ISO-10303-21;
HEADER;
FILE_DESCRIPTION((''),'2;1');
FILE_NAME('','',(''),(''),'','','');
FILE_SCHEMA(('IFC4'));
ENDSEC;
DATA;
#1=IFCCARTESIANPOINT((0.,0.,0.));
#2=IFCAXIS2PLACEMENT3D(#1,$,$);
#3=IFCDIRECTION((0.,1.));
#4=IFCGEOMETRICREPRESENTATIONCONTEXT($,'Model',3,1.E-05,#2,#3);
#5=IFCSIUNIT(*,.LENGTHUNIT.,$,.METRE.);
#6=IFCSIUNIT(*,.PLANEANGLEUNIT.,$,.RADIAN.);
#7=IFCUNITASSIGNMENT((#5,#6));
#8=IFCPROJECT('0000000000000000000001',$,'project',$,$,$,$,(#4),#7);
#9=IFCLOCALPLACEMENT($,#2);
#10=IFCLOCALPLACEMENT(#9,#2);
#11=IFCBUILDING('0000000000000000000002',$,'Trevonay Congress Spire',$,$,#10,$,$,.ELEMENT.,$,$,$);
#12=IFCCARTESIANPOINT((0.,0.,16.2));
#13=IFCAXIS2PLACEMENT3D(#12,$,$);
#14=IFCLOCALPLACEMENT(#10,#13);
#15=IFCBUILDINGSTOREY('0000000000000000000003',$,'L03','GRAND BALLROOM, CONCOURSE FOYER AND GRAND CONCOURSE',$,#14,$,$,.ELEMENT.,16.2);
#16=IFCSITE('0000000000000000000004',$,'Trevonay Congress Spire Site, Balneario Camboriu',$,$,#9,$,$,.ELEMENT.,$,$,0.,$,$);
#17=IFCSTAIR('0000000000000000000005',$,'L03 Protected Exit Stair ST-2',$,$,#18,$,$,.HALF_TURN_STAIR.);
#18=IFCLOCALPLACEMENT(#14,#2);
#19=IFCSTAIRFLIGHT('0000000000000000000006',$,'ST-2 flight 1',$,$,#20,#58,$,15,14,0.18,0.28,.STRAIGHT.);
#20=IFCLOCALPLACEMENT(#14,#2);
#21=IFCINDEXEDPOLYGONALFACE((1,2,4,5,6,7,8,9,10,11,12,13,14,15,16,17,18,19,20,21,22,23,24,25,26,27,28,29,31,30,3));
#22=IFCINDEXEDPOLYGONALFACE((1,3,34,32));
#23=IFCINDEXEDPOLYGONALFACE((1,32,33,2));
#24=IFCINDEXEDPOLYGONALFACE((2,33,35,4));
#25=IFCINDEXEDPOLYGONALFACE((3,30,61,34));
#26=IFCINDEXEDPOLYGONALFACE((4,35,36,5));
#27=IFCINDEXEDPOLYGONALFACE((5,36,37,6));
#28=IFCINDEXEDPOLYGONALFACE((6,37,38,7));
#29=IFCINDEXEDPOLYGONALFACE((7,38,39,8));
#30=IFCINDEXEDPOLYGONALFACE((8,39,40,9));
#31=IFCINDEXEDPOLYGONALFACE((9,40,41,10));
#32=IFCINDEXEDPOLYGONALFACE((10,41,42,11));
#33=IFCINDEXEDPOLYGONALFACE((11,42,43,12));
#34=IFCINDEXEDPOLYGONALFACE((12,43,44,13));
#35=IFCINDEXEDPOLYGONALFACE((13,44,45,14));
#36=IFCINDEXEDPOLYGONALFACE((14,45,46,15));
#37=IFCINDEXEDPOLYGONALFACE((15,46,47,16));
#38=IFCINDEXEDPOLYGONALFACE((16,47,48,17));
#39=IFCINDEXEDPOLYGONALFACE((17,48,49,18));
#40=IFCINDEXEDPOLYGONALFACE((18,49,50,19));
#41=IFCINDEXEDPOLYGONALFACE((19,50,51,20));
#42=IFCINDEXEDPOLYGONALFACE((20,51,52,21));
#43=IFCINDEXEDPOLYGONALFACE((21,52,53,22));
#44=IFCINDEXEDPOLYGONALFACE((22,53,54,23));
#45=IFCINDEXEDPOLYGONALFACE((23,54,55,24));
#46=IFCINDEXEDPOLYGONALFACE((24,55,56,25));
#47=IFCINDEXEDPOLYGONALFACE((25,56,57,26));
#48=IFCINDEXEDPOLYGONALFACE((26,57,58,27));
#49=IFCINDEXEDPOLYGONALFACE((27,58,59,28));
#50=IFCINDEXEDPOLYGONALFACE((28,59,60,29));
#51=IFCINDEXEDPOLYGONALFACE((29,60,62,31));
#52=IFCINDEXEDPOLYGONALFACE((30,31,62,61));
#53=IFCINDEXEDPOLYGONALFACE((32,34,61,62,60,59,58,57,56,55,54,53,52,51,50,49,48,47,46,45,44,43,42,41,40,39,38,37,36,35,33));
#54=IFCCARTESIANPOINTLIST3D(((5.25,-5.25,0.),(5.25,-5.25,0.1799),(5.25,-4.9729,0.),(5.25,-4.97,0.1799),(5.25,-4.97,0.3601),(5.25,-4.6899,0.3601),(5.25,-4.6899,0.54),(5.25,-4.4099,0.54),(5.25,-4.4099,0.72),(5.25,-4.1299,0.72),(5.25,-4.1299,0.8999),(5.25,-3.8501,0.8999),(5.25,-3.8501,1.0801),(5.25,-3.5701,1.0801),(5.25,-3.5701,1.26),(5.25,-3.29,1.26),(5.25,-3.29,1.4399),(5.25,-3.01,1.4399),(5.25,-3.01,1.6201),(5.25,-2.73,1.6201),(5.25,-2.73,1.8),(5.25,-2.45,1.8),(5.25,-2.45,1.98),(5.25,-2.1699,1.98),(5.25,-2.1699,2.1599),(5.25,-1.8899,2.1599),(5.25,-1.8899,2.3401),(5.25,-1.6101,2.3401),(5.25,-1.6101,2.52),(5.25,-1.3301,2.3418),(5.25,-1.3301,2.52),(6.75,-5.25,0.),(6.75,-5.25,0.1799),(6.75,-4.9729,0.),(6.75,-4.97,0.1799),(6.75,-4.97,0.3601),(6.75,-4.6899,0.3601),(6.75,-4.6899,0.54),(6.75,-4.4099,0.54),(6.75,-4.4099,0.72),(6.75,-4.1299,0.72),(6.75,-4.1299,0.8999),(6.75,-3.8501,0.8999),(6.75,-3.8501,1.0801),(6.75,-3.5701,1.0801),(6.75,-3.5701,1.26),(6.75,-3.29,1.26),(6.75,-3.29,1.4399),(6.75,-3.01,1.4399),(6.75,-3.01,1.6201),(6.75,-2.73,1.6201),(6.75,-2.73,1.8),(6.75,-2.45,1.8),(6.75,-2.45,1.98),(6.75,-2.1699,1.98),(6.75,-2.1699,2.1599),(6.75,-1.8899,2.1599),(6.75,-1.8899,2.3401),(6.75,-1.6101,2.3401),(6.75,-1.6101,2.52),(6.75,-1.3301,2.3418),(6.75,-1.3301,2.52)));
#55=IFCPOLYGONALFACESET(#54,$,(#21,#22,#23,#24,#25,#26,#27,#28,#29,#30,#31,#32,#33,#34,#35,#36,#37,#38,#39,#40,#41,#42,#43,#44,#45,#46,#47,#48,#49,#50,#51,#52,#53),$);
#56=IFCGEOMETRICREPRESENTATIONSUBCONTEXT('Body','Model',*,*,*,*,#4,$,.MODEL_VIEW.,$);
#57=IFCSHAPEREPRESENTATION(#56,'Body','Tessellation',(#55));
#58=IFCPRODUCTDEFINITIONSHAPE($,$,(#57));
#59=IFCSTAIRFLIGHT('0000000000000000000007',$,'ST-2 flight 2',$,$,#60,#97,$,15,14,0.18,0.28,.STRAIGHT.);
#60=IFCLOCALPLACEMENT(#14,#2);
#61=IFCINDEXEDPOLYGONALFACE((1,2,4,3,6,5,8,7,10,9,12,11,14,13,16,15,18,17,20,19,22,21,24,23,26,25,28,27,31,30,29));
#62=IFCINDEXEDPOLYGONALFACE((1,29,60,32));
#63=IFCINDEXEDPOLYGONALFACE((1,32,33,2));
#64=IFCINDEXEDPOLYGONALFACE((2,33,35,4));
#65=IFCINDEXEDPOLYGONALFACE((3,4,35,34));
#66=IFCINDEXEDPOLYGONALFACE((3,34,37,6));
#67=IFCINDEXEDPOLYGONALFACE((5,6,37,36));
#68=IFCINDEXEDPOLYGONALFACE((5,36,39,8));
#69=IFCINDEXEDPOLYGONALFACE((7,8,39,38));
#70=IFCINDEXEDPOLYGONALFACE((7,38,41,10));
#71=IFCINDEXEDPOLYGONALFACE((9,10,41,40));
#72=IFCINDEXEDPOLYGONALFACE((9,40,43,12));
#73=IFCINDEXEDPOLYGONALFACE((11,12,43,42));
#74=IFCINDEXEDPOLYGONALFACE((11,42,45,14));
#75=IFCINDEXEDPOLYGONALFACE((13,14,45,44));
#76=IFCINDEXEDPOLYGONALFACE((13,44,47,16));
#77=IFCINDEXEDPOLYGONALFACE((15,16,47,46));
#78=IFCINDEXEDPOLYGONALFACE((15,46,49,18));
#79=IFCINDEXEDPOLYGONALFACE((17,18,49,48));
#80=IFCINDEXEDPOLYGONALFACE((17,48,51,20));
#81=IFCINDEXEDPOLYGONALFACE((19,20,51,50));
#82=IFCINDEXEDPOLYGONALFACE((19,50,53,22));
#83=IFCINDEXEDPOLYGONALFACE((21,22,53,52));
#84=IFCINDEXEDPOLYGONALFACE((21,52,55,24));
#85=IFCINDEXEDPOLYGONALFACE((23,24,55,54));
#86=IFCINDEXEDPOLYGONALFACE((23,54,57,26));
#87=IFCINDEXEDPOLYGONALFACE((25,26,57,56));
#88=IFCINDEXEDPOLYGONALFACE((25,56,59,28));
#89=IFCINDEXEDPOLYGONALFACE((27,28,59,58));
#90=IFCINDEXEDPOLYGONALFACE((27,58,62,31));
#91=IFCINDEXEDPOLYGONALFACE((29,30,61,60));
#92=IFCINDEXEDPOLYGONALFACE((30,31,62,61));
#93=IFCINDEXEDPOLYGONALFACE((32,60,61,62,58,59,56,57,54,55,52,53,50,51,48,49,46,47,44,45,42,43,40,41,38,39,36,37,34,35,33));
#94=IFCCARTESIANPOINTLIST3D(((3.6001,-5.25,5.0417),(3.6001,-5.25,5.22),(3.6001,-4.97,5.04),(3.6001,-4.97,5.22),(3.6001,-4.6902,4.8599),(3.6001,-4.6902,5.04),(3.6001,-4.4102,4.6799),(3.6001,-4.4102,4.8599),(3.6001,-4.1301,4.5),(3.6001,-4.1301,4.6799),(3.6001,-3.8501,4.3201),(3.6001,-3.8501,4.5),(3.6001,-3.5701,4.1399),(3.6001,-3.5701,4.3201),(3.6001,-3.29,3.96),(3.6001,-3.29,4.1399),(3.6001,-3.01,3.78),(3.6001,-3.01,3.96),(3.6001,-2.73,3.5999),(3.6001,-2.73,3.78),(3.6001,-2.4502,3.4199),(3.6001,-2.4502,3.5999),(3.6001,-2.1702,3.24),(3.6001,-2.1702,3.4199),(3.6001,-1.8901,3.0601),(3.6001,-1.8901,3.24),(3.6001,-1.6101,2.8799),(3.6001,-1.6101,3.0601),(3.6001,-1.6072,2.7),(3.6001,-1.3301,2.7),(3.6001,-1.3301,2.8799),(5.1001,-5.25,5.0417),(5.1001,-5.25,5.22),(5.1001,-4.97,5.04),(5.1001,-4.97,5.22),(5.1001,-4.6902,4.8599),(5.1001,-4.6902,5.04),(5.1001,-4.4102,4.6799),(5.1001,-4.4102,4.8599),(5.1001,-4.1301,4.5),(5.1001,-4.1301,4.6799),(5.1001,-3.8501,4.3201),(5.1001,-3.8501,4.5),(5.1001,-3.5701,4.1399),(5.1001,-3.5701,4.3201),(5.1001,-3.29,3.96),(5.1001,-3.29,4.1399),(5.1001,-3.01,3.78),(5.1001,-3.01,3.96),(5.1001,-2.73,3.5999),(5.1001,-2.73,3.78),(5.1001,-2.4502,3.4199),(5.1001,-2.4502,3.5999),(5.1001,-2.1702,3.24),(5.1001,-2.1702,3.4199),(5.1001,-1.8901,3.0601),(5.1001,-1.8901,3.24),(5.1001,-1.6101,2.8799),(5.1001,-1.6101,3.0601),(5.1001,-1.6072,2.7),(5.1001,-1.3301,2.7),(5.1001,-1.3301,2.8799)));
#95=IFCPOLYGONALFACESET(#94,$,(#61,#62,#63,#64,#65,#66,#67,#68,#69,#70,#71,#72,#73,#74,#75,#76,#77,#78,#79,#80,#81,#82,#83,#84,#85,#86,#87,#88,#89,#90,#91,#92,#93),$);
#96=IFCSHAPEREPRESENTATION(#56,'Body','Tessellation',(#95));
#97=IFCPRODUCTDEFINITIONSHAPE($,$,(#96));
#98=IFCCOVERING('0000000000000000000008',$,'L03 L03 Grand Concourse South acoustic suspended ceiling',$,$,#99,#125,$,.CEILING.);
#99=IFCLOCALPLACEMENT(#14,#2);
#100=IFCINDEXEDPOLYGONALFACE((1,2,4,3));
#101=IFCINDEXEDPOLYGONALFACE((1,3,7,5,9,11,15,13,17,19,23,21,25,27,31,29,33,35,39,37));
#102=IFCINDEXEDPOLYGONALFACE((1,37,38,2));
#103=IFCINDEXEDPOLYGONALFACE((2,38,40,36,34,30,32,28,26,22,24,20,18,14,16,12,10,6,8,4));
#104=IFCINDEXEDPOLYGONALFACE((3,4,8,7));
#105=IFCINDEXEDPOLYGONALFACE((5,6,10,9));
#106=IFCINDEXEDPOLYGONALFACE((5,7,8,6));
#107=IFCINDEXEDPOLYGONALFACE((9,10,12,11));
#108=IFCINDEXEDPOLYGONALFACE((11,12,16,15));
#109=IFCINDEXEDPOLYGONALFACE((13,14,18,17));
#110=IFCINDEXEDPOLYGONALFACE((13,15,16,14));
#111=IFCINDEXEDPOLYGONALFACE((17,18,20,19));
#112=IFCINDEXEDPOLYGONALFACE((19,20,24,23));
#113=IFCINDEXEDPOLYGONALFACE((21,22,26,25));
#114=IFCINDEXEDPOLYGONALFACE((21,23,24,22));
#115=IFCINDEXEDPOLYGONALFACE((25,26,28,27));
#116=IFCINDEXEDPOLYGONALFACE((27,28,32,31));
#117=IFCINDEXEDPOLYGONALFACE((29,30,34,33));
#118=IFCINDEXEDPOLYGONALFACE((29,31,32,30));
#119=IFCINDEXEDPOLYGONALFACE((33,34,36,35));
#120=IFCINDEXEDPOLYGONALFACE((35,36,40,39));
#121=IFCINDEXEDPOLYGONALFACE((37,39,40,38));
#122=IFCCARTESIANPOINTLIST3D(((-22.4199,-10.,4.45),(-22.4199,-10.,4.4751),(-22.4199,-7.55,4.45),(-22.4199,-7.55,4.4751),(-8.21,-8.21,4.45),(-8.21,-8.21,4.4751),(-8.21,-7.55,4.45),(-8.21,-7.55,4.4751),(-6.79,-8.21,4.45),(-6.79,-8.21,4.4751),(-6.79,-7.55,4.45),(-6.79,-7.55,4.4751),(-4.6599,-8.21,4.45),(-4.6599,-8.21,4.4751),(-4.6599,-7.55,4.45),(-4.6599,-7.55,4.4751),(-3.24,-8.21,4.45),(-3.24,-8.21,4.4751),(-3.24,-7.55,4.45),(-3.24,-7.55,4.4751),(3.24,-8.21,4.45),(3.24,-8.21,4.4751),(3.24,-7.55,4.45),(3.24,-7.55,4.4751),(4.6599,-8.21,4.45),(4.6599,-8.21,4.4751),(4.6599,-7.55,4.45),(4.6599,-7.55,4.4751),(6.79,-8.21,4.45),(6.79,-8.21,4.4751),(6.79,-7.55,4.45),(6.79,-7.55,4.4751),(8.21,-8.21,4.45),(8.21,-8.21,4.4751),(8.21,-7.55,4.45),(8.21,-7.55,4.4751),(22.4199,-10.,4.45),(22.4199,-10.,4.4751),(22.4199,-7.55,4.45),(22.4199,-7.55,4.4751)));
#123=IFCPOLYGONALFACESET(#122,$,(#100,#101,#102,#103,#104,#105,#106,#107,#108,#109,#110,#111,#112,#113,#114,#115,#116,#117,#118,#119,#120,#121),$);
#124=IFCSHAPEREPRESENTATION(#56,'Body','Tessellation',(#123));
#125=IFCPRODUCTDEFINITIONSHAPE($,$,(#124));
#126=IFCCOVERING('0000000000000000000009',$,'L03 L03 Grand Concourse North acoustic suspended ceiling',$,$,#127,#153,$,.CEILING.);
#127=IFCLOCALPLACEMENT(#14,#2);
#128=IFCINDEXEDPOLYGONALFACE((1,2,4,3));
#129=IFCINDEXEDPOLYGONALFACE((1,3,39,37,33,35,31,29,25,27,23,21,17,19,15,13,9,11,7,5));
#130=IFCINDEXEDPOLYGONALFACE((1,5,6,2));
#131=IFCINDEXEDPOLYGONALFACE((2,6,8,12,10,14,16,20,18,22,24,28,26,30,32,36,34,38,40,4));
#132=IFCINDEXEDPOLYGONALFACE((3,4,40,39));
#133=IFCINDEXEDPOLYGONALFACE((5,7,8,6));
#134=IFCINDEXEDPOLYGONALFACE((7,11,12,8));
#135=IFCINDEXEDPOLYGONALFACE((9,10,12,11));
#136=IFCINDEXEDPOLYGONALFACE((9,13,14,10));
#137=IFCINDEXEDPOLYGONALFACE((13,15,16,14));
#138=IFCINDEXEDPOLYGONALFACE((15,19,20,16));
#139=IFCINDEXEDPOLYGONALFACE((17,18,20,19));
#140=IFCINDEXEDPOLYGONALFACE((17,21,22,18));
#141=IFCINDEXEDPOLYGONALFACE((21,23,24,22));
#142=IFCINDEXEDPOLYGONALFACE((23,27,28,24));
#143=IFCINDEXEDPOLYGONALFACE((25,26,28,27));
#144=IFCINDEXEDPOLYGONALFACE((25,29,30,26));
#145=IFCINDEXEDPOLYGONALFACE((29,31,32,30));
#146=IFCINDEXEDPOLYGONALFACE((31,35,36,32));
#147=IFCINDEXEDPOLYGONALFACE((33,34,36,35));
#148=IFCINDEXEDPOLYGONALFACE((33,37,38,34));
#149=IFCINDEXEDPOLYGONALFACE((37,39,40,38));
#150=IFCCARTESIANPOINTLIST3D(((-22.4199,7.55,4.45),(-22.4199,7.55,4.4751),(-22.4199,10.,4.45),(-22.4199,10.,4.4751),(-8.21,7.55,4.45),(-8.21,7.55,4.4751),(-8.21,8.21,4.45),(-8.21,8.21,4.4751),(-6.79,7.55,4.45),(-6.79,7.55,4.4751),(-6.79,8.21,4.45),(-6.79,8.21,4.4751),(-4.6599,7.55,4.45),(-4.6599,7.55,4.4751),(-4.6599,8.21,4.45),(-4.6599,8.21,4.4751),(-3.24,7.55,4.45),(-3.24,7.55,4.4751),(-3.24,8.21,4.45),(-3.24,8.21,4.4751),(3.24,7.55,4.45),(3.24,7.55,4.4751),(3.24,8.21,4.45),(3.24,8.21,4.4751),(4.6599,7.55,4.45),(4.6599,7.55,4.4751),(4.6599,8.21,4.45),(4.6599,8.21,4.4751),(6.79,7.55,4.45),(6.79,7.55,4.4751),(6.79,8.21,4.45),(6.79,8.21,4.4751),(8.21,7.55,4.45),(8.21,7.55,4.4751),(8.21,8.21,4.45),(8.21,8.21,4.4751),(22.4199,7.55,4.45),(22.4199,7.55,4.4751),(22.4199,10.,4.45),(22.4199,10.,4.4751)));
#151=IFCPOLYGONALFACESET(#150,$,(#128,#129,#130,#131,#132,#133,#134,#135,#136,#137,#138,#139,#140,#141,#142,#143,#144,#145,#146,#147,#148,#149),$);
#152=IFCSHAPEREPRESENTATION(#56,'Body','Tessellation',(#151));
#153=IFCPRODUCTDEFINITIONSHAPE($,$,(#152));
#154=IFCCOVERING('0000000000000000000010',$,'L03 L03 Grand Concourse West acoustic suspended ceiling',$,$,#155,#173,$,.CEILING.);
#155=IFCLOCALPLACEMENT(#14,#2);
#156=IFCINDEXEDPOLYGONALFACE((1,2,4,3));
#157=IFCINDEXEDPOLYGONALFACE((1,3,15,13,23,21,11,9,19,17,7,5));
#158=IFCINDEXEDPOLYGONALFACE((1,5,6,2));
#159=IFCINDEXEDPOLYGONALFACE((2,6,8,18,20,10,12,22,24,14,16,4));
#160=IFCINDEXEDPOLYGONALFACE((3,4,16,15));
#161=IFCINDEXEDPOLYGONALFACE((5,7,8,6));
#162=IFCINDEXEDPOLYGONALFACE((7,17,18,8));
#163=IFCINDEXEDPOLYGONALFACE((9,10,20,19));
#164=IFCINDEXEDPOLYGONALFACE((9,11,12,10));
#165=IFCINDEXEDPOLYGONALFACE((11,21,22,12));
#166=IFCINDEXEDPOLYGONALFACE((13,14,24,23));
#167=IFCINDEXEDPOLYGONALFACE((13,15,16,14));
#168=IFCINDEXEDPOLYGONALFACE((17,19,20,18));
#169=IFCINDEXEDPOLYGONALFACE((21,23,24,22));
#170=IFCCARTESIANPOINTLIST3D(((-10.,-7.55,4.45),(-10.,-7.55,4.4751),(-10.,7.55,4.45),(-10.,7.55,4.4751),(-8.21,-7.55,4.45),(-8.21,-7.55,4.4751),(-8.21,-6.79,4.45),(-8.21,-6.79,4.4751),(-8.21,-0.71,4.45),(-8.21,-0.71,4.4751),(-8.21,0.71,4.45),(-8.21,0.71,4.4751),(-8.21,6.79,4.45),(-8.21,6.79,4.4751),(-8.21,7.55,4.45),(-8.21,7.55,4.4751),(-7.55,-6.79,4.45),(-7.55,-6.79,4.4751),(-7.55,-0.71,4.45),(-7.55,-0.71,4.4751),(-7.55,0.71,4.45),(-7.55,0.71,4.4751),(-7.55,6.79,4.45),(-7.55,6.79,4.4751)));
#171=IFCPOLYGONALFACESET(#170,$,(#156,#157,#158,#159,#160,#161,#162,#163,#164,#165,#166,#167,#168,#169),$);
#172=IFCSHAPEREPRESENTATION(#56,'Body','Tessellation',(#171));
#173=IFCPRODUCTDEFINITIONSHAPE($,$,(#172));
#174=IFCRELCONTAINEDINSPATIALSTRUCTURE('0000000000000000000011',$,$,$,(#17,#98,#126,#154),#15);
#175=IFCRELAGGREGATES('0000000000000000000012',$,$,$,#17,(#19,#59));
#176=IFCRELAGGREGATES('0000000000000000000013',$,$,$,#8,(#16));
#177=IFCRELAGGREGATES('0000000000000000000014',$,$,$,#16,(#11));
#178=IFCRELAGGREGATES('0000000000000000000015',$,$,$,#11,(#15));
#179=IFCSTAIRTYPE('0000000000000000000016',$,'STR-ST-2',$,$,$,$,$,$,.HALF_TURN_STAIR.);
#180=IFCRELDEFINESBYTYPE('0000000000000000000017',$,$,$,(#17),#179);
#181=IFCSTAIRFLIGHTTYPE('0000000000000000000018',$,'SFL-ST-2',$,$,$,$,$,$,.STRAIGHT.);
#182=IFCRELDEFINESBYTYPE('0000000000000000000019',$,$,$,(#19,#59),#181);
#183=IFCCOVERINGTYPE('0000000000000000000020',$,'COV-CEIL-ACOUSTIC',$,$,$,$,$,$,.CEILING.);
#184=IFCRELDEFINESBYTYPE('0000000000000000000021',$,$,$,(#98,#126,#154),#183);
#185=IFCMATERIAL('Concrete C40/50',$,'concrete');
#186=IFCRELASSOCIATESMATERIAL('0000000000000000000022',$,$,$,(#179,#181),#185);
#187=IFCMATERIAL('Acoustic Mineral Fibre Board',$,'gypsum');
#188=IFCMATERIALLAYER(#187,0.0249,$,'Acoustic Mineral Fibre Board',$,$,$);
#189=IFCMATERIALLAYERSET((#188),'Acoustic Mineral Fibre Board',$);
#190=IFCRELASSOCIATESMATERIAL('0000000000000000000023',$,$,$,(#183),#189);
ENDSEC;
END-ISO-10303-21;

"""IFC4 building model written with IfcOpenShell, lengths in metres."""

from ifc_helpers import new_model, si_unit, direction, frame, origin, place, context, subcontext, project, spatial, polyline, outline, extrude, material, layer, layer_set, type_object, element, aggregate, save


model = new_model("IFC4")

# Units and contexts
model_context = context("Model", 3, precision=1e-05, world=origin(), true_north=direction((0.0, 1.0)))
body_context = subcontext(model_context, "Body", "Model", "MODEL_VIEW")
ifc_project = project(units=[si_unit("LENGTHUNIT", "METRE"), si_unit("PLANEANGLEUNIT", "RADIAN")], contexts=[model_context])

# Site, building, storey
site_placement = place(None, origin())
site = spatial("IfcSite", under=ifc_project, at=site_placement, Name="Trevonay Congress Spire Site, Balneario Camboriu", CompositionType="ELEMENT", RefElevation=0.0)
building_placement = place(site_placement, origin())
building = spatial("IfcBuilding", under=site, at=building_placement, Name="Trevonay Congress Spire", CompositionType="ELEMENT")
storey_placement = place(building_placement, frame((0.0, 0.0, 16.2)))
storey = spatial("IfcBuildingStorey", under=building, at=storey_placement, Name="L03", Description="GRAND BALLROOM, CONCOURSE FOYER AND GRAND CONCOURSE", CompositionType="ELEMENT", Elevation=16.2)

# Shared definitions
ifc_material_1 = material(Name="Concrete C40/50", Category="concrete")

# Stair, stair flights
stair_type = type_object("IfcStairType", Name="STR-ST-2", PredefinedType="HALF_TURN_STAIR", material=ifc_material_1)
stair_placement = place(storey_placement, origin())
stair = element("IfcStair", 1, at=stair_placement, inside=storey, type_object=stair_type, Name="L03 Protected Exit Stair ST-2", PredefinedType="HALF_TURN_STAIR")
stair_flight_type = type_object("IfcStairFlightType", Name="SFL-ST-2", PredefinedType="STRAIGHT", material=ifc_material_1)
stair_flight_1_placement = place(storey_placement, frame((6.0, -5.25, 0.0), z_axis=(0.0, 0.0, 1.0), x_axis=(0.0, 1.0, 0.0)))
stair_flight_1 = element("IfcStairFlight", 2, at=stair_flight_1_placement, type_object=stair_flight_type, Name="ST-2 flight 1", NumberOfRisers=15, NumberOfTreads=14, PredefinedType="STRAIGHT", RiserHeight=0.18, TreadLength=0.28, context=body_context, shape_type="SweptSolid", body=[
    extrude(outline(polyline([(0.0, 0.0), (0.0, 0.1799), (0.28, 0.1799), (0.28, 0.3601), (0.5601, 0.3601), (0.5601, 0.54), (0.8401, 0.54), (0.8401, 0.72), (1.1201, 0.72), (1.1201, 0.8999), (1.3999, 0.8999), (1.3999, 1.0801), (1.6799, 1.0801), (1.6799, 1.26), (1.96, 1.26), (1.96, 1.4399), (2.24, 1.4399), (2.24, 1.6201), (2.52, 1.6201), (2.52, 1.8), (2.8, 1.8), (2.8, 1.98), (3.0801, 1.98), (3.0801, 2.1599), (3.3601, 2.1599), (3.3601, 2.3401), (3.6399, 2.3401), (3.6399, 2.52), (3.9199, 2.52), (3.9199, 2.7), (3.9199, 2.3418), (0.2771, 0.0), (0.0, 0.0)])), frame((0.0, 0.75, 0.0), z_axis=(0.0, -1.0, 0.0), x_axis=(1.0, 0.0, 0.0)), (0.0, 0.0, 1.0), 1.5),
])
stair_flight_2_placement = place(storey_placement, frame((4.3501, -1.3301, 2.7), z_axis=(0.0, 0.0, 1.0), x_axis=(0.0, -1.0, 0.0)))
stair_flight_2 = element("IfcStairFlight", 3, at=stair_flight_2_placement, type_object=stair_flight_type, Name="ST-2 flight 2", NumberOfRisers=15, NumberOfTreads=14, PredefinedType="STRAIGHT", RiserHeight=0.18, TreadLength=0.28, context=body_context, shape_type="SweptSolid", body=[
    extrude(outline(polyline([(0.0, 0.0), (0.0, 0.1799), (0.28, 0.1799), (0.28, 0.3601), (0.5601, 0.3601), (0.5601, 0.54), (0.8401, 0.54), (0.8401, 0.72), (1.1201, 0.72), (1.1201, 0.8999), (1.3999, 0.8999), (1.3999, 1.0801), (1.6799, 1.0801), (1.6799, 1.26), (1.96, 1.26), (1.96, 1.4399), (2.24, 1.4399), (2.24, 1.6201), (2.52, 1.6201), (2.52, 1.8), (2.8, 1.8), (2.8, 1.98), (3.0801, 1.98), (3.0801, 2.1599), (3.3601, 2.1599), (3.3601, 2.3401), (3.6399, 2.3401), (3.6399, 2.52), (3.9199, 2.52), (3.9199, 2.7), (3.9199, 2.3418), (0.2771, 0.0), (0.0, 0.0)])), frame((0.0, 0.75, 0.0), z_axis=(0.0, -1.0, 0.0), x_axis=(1.0, 0.0, 0.0)), (0.0, 0.0, 1.0), 1.5),
])
aggregate(stair, [stair_flight_1, stair_flight_2])

# Coverings
ifc_material_2 = material(Name="Acoustic Mineral Fibre Board", Category="gypsum")
ifc_layer_1 = layer(ifc_material_2, 0.0249, Name="Acoustic Mineral Fibre Board")
ifc_layer_set_1 = layer_set([ifc_layer_1], Name="Acoustic Mineral Fibre Board")
covering_type_1 = type_object("IfcCoveringType", Name="COV-CEIL-ACOUSTIC", PredefinedType="CEILING", material=ifc_layer_set_1)
covering_1_placement = place(storey_placement, frame((0.0, 0.0, 4.45)))
element("IfcCovering", 4, at=covering_1_placement, inside=storey, type_object=covering_type_1, Name="L03 L03 Grand Concourse South acoustic suspended ceiling", PredefinedType="CEILING", context=body_context, shape_type="SweptSolid", body=[
    extrude(outline(polyline([(22.4199, -7.55), (22.4199, -10.0), (-22.4199, -10.0), (-22.4199, -7.55), (-8.21, -7.55), (-8.21, -8.21), (-6.79, -8.21), (-6.79, -7.55), (-4.6599, -7.55), (-4.6599, -8.21), (-3.24, -8.21), (-3.24, -7.55), (3.24, -7.55), (3.24, -8.21), (4.6599, -8.21), (4.6599, -7.55), (6.79, -7.55), (6.79, -8.21), (8.21, -8.21), (8.21, -7.55), (22.4199, -7.55)])), origin(), (0.0, 0.0, 1.0), 0.0251),
])
covering_2_placement = place(storey_placement, frame((0.0, 0.0, 4.45)))
element("IfcCovering", 5, at=covering_2_placement, inside=storey, type_object=covering_type_1, Name="L03 L03 Grand Concourse North acoustic suspended ceiling", PredefinedType="CEILING", context=body_context, shape_type="SweptSolid", body=[
    extrude(outline(polyline([(-22.4199, 7.55), (-22.4199, 10.0), (22.4199, 10.0), (22.4199, 7.55), (8.21, 7.55), (8.21, 8.21), (6.79, 8.21), (6.79, 7.55), (4.6599, 7.55), (4.6599, 8.21), (3.24, 8.21), (3.24, 7.55), (-3.24, 7.55), (-3.24, 8.21), (-4.6599, 8.21), (-4.6599, 7.55), (-6.79, 7.55), (-6.79, 8.21), (-8.21, 8.21), (-8.21, 7.55), (-22.4199, 7.55)])), origin(), (0.0, 0.0, 1.0), 0.0251),
])
covering_3_placement = place(storey_placement, frame((0.0, 0.0, 4.45)))
element("IfcCovering", 6, at=covering_3_placement, inside=storey, type_object=covering_type_1, Name="L03 L03 Grand Concourse West acoustic suspended ceiling", PredefinedType="CEILING", context=body_context, shape_type="SweptSolid", body=[
    extrude(outline(polyline([(-10.0, 7.55), (-8.21, 7.55), (-8.21, 6.79), (-7.55, 6.79), (-7.55, 0.71), (-8.21, 0.71), (-8.21, -0.71), (-7.55, -0.71), (-7.55, -6.79), (-8.21, -6.79), (-8.21, -7.55), (-10.0, -7.55), (-10.0, 7.55)])), origin(), (0.0, 0.0, 1.0), 0.0251),
])

save(model, "model.ifc")
